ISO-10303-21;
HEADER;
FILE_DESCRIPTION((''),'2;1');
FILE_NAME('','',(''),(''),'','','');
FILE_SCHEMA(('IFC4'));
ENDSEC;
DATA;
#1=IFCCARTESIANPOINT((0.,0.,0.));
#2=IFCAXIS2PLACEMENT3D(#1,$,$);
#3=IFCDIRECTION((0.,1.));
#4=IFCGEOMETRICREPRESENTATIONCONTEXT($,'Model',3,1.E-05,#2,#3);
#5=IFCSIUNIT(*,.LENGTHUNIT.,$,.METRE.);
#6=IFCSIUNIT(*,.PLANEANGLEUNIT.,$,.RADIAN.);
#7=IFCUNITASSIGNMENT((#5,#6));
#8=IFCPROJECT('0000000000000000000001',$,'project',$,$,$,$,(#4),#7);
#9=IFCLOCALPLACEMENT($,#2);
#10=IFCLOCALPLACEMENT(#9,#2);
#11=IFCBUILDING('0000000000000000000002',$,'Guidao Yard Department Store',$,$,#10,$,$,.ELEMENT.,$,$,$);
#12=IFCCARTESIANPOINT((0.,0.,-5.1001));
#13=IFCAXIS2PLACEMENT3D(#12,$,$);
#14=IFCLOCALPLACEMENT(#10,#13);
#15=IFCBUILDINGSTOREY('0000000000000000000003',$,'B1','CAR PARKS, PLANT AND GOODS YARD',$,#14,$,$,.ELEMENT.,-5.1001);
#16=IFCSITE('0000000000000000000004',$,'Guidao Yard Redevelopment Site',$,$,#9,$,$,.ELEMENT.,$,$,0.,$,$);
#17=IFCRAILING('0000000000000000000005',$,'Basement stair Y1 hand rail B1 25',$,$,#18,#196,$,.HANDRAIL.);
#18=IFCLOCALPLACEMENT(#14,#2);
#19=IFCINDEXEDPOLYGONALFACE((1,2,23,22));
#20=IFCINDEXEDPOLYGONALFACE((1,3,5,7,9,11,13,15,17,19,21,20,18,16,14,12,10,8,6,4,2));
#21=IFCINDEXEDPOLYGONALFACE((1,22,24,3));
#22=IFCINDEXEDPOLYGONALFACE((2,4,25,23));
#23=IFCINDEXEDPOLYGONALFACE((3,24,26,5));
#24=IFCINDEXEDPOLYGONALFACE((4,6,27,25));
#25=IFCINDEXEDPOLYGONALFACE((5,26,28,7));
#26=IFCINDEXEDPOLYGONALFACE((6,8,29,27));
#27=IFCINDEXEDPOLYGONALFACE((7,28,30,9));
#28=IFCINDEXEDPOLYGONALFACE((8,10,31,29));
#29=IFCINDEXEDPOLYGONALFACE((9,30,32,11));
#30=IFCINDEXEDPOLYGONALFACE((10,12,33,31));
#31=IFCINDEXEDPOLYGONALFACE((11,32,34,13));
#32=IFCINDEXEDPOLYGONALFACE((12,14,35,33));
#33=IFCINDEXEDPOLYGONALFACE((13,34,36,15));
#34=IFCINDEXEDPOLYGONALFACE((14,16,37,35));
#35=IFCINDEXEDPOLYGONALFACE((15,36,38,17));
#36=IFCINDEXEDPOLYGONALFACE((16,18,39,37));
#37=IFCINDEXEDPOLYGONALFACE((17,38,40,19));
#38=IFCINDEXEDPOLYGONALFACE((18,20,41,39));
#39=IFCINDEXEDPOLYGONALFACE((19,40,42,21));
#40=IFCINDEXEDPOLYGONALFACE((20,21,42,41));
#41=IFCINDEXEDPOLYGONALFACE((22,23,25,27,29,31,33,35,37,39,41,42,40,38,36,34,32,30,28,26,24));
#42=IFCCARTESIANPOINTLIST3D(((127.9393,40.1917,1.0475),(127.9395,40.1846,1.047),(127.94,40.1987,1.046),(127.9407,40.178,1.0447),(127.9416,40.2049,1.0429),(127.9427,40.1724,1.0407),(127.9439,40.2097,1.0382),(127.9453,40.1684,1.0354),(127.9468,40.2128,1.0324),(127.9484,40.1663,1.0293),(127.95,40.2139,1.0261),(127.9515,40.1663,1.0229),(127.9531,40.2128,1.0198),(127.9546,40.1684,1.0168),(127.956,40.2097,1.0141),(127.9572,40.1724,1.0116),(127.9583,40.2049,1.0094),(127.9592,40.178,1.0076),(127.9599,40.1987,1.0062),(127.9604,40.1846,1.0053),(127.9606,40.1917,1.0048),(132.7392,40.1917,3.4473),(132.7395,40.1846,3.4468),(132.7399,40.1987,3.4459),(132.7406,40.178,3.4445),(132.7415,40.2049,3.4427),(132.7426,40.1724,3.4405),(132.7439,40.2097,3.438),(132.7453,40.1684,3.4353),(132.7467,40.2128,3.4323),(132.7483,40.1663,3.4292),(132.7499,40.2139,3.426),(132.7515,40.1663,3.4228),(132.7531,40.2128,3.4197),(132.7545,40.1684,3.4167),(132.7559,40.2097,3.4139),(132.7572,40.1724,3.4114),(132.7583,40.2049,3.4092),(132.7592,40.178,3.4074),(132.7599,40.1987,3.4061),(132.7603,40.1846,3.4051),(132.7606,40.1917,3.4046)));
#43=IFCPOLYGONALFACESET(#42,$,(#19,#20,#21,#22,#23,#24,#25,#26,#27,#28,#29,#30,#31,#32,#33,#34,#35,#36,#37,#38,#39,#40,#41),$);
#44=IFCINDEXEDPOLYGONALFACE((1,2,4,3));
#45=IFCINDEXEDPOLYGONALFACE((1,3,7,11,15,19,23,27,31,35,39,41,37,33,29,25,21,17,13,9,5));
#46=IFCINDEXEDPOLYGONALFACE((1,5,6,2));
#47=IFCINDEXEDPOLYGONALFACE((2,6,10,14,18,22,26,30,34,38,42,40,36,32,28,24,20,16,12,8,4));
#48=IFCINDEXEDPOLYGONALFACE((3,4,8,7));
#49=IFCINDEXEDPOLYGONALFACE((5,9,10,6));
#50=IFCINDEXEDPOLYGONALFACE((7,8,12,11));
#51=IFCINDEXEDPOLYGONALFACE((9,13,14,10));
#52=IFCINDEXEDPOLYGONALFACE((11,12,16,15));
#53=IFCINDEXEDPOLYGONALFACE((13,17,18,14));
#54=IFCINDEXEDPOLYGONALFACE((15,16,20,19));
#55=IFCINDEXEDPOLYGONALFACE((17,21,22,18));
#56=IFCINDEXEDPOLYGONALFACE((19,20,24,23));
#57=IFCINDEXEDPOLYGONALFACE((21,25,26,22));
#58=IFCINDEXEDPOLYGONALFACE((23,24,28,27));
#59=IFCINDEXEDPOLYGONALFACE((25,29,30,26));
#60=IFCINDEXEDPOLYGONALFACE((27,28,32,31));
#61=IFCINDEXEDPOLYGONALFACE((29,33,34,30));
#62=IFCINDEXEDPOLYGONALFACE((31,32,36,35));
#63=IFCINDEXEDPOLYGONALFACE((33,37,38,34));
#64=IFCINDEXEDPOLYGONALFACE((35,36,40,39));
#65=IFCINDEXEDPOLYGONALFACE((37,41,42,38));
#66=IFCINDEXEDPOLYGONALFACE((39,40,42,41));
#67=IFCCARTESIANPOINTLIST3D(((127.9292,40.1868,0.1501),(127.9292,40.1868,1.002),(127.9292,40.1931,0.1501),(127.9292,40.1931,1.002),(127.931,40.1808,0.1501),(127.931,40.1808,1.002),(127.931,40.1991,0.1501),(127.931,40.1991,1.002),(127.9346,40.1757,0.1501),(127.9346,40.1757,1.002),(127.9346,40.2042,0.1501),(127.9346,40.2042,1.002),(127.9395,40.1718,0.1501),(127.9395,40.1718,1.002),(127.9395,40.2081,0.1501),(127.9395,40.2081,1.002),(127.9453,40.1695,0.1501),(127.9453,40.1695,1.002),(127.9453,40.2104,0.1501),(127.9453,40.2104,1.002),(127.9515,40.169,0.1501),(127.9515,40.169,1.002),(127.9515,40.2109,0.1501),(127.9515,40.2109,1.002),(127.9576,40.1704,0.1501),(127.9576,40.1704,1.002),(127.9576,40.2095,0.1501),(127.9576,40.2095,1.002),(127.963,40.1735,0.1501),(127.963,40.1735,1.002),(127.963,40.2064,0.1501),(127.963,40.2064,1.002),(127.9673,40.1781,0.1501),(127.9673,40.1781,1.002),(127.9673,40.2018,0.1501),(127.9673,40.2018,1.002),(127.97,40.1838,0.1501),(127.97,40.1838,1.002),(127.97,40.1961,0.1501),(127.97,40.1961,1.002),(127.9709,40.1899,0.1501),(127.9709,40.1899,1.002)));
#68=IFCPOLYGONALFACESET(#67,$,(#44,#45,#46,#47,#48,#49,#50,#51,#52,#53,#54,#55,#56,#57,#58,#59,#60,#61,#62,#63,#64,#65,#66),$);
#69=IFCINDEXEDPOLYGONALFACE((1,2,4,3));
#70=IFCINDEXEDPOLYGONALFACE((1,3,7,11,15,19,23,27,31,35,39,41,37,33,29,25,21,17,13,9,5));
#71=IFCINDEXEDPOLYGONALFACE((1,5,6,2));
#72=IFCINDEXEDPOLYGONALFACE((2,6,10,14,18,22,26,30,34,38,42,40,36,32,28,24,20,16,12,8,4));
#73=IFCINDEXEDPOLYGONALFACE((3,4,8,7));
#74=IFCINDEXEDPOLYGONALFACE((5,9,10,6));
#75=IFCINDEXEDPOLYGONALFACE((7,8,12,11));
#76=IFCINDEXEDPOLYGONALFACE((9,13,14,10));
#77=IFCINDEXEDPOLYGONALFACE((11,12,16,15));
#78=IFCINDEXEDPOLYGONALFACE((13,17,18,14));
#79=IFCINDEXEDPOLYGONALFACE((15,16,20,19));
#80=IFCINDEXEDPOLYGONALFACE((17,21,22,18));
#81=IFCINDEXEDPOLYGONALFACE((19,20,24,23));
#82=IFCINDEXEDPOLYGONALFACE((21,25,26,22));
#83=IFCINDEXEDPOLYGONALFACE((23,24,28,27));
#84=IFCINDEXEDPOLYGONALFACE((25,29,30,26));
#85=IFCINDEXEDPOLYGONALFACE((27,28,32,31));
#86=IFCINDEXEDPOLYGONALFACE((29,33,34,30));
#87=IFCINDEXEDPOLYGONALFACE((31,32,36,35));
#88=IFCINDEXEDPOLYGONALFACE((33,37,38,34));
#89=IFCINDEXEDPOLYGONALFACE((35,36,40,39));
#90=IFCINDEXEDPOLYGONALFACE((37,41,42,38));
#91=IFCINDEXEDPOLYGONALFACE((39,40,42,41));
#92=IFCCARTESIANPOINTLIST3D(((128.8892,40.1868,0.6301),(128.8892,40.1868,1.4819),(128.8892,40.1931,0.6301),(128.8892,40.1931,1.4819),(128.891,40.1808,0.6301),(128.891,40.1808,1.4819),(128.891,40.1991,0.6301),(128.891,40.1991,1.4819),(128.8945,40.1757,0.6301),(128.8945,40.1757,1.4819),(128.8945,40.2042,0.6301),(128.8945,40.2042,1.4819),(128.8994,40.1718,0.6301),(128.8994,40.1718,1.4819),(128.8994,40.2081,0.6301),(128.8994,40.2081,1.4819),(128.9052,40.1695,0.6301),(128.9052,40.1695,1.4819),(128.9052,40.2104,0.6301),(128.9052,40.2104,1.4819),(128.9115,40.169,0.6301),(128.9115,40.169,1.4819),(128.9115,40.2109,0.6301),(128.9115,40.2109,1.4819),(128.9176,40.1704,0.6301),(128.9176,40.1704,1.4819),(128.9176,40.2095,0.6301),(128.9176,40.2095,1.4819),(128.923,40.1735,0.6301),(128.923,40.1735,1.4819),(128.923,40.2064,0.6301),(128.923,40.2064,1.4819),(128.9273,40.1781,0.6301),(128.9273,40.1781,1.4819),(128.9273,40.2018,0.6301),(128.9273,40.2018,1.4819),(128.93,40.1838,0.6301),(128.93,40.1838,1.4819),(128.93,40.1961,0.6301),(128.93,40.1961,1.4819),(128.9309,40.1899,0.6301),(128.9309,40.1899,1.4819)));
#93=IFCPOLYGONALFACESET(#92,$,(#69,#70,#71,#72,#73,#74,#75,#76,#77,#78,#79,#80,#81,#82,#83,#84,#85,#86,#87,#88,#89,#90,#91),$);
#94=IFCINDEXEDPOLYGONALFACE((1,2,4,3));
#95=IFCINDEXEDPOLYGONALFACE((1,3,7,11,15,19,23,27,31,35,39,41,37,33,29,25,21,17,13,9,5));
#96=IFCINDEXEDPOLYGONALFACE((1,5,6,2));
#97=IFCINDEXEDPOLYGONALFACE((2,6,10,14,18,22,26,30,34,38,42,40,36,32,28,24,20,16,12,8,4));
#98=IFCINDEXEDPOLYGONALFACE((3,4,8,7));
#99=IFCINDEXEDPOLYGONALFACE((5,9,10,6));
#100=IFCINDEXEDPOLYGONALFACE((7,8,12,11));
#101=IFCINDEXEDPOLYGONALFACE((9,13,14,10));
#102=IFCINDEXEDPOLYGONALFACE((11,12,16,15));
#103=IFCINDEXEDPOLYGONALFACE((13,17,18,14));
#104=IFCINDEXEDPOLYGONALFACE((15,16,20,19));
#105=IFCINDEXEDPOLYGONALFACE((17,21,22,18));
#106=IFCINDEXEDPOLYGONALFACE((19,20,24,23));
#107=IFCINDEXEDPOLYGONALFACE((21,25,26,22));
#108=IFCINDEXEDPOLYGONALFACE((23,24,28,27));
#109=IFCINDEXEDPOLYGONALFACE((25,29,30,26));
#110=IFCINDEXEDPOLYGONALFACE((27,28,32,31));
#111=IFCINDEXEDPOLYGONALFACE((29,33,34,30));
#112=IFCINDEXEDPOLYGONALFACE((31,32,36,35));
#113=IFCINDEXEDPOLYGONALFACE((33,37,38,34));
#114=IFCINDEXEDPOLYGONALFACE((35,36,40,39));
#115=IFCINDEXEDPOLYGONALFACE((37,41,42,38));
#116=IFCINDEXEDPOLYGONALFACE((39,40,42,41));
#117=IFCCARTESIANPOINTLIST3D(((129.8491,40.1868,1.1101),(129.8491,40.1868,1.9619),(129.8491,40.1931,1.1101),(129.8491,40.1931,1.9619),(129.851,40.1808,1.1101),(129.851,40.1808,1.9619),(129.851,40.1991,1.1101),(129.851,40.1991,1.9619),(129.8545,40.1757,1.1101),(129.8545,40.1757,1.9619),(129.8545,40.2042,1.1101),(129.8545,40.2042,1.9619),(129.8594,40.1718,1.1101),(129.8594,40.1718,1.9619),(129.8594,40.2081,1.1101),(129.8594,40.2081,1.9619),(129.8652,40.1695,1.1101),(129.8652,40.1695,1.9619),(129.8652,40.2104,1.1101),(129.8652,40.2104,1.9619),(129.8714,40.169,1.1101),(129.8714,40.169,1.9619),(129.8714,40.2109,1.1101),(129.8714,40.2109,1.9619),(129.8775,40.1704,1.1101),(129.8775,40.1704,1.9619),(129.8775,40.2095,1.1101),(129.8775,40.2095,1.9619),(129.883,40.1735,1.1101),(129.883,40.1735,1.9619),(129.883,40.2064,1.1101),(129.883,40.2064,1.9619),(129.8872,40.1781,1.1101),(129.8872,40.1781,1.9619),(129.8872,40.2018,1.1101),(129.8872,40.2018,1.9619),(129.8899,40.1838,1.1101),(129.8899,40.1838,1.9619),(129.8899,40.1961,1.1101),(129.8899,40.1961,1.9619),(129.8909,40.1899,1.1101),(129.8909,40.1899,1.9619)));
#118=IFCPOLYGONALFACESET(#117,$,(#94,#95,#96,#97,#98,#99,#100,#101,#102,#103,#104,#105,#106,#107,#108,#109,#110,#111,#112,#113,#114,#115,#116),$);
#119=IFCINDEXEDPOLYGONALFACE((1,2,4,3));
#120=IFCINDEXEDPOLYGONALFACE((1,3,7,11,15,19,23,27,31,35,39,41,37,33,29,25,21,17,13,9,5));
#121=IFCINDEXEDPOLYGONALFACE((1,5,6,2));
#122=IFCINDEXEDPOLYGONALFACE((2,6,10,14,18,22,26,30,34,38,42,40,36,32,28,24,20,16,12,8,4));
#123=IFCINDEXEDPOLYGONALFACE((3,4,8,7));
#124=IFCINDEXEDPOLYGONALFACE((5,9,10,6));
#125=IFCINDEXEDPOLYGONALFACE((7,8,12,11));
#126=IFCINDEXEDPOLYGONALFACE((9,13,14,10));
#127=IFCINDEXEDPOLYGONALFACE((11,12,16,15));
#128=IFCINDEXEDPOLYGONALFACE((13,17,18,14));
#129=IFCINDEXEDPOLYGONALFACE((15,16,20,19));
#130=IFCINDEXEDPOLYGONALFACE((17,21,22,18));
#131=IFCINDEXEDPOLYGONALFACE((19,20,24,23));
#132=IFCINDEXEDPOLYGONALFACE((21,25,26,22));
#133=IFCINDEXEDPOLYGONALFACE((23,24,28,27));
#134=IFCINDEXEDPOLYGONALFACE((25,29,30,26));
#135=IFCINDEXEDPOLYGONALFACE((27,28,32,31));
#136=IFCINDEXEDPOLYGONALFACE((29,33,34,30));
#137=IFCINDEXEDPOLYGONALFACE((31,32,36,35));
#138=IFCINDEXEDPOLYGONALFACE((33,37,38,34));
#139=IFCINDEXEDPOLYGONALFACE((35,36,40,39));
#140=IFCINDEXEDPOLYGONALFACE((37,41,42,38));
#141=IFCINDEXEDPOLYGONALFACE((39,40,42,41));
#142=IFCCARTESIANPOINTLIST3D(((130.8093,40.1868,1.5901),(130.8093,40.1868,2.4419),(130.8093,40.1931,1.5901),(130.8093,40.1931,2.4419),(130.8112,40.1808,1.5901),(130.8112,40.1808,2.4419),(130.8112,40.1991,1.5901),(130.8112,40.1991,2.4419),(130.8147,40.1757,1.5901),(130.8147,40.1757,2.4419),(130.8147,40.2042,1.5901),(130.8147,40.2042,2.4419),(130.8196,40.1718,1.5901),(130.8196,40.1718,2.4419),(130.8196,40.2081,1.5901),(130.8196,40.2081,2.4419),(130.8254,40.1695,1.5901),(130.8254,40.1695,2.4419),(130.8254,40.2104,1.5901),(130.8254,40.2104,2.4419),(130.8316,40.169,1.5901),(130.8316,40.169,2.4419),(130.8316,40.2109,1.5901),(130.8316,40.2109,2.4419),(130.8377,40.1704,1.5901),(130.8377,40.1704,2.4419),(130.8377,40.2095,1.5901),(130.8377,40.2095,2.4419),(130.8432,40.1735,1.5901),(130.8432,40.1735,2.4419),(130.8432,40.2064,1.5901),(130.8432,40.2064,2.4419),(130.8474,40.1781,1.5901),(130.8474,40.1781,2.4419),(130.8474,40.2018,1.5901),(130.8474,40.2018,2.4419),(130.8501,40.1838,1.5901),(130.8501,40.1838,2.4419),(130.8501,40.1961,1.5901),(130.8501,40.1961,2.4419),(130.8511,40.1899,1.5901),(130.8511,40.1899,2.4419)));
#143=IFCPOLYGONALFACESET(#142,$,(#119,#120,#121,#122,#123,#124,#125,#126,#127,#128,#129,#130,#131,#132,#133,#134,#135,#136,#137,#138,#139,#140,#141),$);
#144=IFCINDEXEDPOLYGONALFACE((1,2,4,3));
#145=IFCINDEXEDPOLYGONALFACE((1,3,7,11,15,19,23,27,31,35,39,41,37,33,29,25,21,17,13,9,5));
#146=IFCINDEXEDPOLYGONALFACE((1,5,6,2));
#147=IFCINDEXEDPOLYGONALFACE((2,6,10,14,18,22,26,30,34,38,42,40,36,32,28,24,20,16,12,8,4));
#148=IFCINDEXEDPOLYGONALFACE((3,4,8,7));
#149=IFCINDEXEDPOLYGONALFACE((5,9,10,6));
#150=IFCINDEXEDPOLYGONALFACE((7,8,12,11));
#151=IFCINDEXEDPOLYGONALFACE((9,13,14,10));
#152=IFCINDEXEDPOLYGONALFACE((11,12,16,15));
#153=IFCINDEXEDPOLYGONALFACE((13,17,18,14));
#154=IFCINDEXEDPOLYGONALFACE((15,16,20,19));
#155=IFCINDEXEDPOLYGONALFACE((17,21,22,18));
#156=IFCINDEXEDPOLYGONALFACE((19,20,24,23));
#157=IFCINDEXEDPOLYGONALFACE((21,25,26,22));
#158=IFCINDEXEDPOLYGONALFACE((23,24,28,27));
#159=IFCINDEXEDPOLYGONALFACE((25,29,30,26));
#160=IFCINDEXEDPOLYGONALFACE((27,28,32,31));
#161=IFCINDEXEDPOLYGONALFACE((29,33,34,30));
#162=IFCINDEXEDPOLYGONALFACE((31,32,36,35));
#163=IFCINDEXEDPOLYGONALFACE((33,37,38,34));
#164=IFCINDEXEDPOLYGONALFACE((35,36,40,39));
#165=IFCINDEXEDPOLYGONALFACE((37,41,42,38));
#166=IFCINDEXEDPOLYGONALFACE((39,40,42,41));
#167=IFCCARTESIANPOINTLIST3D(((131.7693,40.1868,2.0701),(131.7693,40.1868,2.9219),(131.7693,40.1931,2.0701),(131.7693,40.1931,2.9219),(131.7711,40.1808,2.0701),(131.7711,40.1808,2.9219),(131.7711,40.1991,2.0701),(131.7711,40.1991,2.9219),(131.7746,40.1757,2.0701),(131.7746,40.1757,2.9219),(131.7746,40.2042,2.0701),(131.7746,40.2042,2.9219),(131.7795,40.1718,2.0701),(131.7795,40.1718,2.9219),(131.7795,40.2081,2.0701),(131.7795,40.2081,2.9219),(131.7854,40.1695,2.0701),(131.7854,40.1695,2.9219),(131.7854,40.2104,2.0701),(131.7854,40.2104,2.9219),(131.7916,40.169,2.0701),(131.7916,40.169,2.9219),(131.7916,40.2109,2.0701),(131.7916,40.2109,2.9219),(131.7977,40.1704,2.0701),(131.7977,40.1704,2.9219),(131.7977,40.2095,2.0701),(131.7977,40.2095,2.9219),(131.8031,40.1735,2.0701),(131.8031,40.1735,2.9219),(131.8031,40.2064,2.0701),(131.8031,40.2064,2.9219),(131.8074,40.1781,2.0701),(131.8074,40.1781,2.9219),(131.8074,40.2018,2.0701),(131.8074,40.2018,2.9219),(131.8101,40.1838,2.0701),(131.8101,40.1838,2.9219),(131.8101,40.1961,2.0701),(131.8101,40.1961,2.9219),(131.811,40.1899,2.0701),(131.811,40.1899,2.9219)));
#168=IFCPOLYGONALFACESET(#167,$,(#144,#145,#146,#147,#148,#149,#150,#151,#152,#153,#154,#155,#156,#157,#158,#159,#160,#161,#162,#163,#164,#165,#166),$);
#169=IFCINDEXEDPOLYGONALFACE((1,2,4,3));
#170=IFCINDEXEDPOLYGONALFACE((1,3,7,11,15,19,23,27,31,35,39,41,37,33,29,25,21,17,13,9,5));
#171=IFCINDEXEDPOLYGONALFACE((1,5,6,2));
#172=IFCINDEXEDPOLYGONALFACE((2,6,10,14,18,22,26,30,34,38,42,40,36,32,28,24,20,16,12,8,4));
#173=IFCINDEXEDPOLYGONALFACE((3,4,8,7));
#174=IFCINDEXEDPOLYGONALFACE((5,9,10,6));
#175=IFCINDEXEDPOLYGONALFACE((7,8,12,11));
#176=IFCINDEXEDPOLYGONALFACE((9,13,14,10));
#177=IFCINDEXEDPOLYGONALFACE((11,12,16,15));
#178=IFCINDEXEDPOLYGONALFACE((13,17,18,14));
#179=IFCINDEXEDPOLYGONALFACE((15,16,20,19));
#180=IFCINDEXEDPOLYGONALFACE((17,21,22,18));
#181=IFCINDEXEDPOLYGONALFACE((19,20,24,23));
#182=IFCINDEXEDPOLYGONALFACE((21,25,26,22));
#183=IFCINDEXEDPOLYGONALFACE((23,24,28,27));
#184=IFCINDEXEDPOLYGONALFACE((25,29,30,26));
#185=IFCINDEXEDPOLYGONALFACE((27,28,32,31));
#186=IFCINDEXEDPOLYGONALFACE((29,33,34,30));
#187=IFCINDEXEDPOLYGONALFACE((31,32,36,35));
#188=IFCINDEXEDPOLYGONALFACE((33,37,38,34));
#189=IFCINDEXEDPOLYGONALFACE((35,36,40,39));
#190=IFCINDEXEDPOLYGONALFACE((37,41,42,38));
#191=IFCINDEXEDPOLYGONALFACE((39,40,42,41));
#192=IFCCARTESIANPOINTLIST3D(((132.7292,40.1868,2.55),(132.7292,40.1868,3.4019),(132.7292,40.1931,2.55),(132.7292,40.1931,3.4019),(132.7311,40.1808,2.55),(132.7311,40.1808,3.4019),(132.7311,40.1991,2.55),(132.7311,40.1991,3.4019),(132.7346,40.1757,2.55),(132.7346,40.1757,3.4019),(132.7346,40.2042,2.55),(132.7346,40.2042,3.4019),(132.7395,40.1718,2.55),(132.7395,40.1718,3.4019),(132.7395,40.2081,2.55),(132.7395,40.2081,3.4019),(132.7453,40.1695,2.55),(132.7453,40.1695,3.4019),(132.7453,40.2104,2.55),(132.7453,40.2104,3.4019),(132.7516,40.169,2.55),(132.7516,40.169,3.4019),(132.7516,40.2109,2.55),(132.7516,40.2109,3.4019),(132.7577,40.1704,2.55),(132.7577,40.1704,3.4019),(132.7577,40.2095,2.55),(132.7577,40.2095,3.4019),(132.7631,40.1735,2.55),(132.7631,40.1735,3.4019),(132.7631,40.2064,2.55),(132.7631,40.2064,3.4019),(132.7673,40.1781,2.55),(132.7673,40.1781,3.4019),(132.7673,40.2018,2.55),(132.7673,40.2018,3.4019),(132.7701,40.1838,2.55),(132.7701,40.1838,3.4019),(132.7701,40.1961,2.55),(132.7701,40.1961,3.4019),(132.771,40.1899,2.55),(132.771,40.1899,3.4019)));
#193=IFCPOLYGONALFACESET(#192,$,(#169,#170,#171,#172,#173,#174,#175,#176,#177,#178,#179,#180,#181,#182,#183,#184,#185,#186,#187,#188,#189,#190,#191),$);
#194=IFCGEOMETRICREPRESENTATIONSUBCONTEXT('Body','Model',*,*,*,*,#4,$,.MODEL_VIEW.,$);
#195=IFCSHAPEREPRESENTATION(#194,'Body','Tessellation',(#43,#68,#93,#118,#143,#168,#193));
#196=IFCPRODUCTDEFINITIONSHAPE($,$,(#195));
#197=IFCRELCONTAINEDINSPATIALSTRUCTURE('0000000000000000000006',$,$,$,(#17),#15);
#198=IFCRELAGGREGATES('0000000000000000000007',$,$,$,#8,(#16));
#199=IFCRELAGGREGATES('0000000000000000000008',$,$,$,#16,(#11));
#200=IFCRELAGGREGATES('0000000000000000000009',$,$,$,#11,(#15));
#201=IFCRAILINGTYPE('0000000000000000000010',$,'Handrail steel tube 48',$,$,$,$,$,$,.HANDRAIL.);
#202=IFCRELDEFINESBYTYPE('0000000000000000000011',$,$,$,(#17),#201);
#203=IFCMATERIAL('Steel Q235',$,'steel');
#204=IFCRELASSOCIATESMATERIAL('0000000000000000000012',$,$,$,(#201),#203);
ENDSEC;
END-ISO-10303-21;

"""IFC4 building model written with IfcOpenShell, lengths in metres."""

from ifc_helpers import new_model, si_unit, direction, frame, origin, origin_2d, place, context, subcontext, project, spatial, circle, extrude, material, type_object, element, save


model = new_model("IFC4")

# Units and contexts
model_context = context("Model", 3, precision=1e-05, world=origin(), true_north=direction((0.0, 1.0)))
body_context = subcontext(model_context, "Body", "Model", "MODEL_VIEW")
ifc_project = project(units=[si_unit("LENGTHUNIT", "METRE"), si_unit("PLANEANGLEUNIT", "RADIAN")], contexts=[model_context])

# Site, building, storey
site_placement = place(None, origin())
site = spatial("IfcSite", under=ifc_project, at=site_placement, Name="Guidao Yard Redevelopment Site", CompositionType="ELEMENT", RefElevation=0.0)
building_placement = place(site_placement, origin())
building = spatial("IfcBuilding", under=site, at=building_placement, Name="Guidao Yard Department Store", CompositionType="ELEMENT")
storey_placement = place(building_placement, frame((0.0, 0.0, -5.1001)))
storey = spatial("IfcBuildingStorey", under=building, at=storey_placement, Name="B1", Description="CAR PARKS, PLANT AND GOODS YARD", CompositionType="ELEMENT", Elevation=-5.1001)

# Railing
ifc_material_1 = material(Name="Steel Q235", Category="steel")
railing_type_1 = type_object("IfcRailingType", Name="Handrail steel tube 48", PredefinedType="HANDRAIL", material=ifc_material_1)
for number, where, name in (
    (1, (127.95, 40.1899, 0.1501), "Basement stair Y1 hand rail B1 25"),
):
    element("IfcRailing", number, at=place(storey_placement, frame(where)), inside=storey, type_object=railing_type_1, Name=name, PredefinedType="HANDRAIL", context=body_context, shape_type="SweptSolid", body=[
        extrude(circle(Radius=0.0239, at=origin_2d()), frame((0.0, 0.0, 0.876), z_axis=(0.894436, 0.0, 0.447195), x_axis=(0.0, 1.0, 0.0)), (0.0, 0.0, 1.0), 5.3665),
        extrude(circle(Radius=0.021, at=origin_2d()), origin(), (0.0, 0.0, 1.0), 0.8518),
        extrude(circle(Radius=0.021, at=origin_2d()), frame((0.96, 0.0, 0.48)), (0.0, 0.0, 1.0), 0.8518),
        extrude(circle(Radius=0.021, at=origin_2d()), frame((1.9199, 0.0, 0.96)), (0.0, 0.0, 1.0), 0.8518),
        extrude(circle(Radius=0.021, at=origin_2d()), frame((2.8801, 0.0, 1.4399)), (0.0, 0.0, 1.0), 0.8518),
        extrude(circle(Radius=0.021, at=origin_2d()), frame((3.8401, 0.0, 1.9199)), (0.0, 0.0, 1.0), 0.8518),
        extrude(circle(Radius=0.021, at=origin_2d()), frame((4.8, 0.0, 2.3999)), (0.0, 0.0, 1.0), 0.8518),
    ])

save(model, "model.ifc")
